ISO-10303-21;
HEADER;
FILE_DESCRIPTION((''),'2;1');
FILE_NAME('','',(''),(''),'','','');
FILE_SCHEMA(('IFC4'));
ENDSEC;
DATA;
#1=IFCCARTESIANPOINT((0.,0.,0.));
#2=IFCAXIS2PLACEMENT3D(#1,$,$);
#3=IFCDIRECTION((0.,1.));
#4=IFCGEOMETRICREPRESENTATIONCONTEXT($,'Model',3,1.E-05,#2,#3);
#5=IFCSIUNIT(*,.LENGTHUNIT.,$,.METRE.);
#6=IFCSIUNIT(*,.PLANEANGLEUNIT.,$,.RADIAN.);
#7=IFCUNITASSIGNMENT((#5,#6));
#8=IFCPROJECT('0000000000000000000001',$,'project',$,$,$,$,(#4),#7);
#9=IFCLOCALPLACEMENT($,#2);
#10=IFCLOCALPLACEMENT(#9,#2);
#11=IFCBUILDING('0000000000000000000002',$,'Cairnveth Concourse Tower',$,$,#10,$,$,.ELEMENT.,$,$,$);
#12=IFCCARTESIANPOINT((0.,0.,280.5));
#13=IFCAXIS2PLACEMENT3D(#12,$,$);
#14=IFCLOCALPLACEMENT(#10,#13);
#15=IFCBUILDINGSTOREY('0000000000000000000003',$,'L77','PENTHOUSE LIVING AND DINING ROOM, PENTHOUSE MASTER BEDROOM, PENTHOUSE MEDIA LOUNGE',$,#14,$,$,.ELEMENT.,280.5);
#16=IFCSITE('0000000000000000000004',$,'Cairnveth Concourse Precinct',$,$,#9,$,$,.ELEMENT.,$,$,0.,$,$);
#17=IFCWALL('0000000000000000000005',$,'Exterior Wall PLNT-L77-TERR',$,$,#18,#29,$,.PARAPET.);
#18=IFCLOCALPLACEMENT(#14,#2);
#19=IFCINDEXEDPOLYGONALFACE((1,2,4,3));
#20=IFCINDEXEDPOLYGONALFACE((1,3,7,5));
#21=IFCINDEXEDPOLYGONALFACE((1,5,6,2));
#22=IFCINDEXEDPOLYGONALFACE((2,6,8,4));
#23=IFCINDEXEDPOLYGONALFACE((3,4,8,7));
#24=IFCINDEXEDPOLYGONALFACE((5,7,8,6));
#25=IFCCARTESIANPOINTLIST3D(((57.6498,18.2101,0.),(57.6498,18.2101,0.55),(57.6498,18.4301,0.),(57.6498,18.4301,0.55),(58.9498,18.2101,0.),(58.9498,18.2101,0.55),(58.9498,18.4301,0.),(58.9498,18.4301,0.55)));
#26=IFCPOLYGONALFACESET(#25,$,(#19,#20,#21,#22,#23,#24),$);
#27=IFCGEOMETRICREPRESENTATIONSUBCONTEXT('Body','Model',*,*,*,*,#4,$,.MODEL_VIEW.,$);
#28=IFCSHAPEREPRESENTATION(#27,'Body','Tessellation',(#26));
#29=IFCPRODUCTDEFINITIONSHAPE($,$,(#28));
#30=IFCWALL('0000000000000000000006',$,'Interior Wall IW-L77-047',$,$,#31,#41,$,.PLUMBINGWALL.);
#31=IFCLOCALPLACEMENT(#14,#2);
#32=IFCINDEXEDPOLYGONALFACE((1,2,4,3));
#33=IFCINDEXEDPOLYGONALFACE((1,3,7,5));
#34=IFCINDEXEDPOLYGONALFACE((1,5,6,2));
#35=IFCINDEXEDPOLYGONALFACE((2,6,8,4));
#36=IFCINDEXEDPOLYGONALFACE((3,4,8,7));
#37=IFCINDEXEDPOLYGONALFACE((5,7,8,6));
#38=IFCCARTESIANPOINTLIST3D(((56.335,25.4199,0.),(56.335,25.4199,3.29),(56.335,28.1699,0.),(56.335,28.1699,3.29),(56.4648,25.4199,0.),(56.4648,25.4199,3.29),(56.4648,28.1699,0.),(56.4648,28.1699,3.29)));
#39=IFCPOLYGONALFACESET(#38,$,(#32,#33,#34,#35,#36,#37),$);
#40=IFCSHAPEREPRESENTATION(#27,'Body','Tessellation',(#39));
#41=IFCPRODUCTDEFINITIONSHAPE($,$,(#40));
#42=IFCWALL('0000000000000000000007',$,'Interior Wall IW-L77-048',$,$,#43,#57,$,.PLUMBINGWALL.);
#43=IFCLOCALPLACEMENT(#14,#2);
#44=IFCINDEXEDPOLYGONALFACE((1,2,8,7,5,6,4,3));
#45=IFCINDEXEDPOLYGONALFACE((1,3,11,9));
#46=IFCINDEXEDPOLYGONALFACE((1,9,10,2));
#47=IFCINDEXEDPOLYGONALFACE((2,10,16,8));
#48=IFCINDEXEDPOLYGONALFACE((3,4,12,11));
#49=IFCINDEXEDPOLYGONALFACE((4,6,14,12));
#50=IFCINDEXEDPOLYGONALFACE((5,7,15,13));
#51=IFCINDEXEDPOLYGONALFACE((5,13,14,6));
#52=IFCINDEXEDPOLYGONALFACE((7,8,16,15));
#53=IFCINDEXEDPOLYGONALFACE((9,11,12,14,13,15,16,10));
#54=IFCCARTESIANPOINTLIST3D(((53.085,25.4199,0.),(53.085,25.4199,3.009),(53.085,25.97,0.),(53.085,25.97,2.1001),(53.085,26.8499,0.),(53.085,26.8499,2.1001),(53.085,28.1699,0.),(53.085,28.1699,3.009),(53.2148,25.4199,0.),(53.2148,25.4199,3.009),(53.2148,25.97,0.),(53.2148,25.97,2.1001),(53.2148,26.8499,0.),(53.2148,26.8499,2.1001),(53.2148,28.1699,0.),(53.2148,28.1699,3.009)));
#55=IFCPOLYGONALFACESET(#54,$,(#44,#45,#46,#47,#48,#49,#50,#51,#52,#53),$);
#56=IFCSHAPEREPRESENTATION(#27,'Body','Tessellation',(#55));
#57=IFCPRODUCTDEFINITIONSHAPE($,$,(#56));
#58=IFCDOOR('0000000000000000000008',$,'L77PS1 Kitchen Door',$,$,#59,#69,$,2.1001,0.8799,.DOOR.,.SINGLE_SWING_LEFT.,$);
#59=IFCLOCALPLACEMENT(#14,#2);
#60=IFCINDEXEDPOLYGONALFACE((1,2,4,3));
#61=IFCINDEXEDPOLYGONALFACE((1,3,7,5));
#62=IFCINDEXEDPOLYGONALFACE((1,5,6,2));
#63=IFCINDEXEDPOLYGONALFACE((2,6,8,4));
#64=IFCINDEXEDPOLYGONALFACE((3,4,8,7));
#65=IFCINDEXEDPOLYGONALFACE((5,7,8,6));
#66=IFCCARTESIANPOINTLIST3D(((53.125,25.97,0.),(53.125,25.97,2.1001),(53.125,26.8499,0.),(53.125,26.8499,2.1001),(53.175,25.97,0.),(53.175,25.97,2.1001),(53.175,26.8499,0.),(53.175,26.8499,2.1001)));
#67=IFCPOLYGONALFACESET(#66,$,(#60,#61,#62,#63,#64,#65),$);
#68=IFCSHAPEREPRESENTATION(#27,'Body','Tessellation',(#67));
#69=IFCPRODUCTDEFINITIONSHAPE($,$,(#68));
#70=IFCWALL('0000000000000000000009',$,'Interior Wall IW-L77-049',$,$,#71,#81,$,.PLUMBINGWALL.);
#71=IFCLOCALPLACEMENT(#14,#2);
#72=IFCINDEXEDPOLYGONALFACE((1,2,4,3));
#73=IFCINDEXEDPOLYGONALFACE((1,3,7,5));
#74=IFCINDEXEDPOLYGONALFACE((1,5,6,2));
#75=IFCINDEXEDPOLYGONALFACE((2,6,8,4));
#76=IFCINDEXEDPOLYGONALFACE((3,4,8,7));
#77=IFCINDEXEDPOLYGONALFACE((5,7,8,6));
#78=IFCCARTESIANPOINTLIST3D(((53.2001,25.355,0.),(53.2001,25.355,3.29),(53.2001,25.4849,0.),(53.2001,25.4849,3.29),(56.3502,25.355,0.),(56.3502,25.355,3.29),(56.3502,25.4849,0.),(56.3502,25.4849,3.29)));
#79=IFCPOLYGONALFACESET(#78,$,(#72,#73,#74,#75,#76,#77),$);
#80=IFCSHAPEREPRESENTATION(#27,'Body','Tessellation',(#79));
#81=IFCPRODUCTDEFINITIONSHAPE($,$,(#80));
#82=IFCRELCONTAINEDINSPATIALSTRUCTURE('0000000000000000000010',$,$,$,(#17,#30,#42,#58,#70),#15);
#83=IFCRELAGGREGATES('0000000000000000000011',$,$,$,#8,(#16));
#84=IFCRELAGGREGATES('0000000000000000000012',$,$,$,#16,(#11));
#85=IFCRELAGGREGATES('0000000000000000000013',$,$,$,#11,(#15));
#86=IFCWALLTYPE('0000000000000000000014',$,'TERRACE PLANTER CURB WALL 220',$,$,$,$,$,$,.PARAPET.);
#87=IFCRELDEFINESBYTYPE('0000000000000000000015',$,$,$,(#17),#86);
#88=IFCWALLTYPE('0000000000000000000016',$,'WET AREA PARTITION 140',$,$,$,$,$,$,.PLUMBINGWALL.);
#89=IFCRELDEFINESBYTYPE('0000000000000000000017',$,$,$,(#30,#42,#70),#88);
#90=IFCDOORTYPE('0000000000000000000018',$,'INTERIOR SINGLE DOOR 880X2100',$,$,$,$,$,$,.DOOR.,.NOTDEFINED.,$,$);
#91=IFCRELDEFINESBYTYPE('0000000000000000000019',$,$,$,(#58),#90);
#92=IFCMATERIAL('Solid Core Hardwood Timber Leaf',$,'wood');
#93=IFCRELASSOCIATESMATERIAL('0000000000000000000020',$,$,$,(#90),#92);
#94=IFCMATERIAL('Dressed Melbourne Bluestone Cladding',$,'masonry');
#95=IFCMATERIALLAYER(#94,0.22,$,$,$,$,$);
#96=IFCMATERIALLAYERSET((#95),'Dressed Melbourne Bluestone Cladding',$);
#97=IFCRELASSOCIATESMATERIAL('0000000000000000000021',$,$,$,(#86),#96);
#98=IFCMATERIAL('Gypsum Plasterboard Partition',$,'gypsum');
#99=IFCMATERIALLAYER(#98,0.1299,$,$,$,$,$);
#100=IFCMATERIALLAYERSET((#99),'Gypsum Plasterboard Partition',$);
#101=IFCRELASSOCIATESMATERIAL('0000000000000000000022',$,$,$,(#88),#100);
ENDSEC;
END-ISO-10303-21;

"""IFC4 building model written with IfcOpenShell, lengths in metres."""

from ifc_helpers import new_model, si_unit, direction, frame, frame_2d, origin, place, context, subcontext, project, spatial, rectangle, extrude, material, layer, layer_set, type_object, element, fill, save


model = new_model("IFC4")

# Units and contexts
model_context = context("Model", 3, precision=1e-05, world=origin(), true_north=direction((0.0, 1.0)))
body_context = subcontext(model_context, "Body", "Model", "MODEL_VIEW")
ifc_project = project(units=[si_unit("LENGTHUNIT", "METRE"), si_unit("PLANEANGLEUNIT", "RADIAN")], contexts=[model_context])

# Site, building, storey
site_placement = place(None, origin())
site = spatial("IfcSite", under=ifc_project, at=site_placement, Name="Cairnveth Concourse Precinct", CompositionType="ELEMENT", RefElevation=0.0)
building_placement = place(site_placement, origin())
building = spatial("IfcBuilding", under=site, at=building_placement, Name="Cairnveth Concourse Tower", CompositionType="ELEMENT")
storey_placement = place(building_placement, frame((0.0, 0.0, 280.5)))
storey = spatial("IfcBuildingStorey", under=building, at=storey_placement, Name="L77", Description="PENTHOUSE LIVING AND DINING ROOM, PENTHOUSE MASTER BEDROOM, PENTHOUSE MEDIA LOUNGE", CompositionType="ELEMENT", Elevation=280.5)

# Shared definitions
ifc_material_1 = material(Name="Gypsum Plasterboard Partition", Category="gypsum")
ifc_material_2 = material(Name="Solid Core Hardwood Timber Leaf", Category="wood")
door_type_1 = type_object("IfcDoorType", Name="INTERIOR SINGLE DOOR 880X2100", OperationType="NOTDEFINED", PredefinedType="DOOR", material=ifc_material_2)

# Walls
ifc_material_3 = material(Name="Dressed Melbourne Bluestone Cladding", Category="masonry")
ifc_layer_1 = layer(ifc_material_3, 0.22)
ifc_layer_set_1 = layer_set([ifc_layer_1], Name="Dressed Melbourne Bluestone Cladding")
wall_type_1 = type_object("IfcWallType", Name="TERRACE PLANTER CURB WALL 220", PredefinedType="PARAPET", material=ifc_layer_set_1)
wall_1_placement = place(storey_placement, frame((57.6499, 18.3201, 0.0), z_axis=(0.0, 0.0, 1.0), x_axis=(1.0, 0.0, 0.0)))
element("IfcWall", 1, at=wall_1_placement, inside=storey, type_object=wall_type_1, Name="Exterior Wall PLNT-L77-TERR", PredefinedType="PARAPET", context=body_context, shape_type="SweptSolid", body=[
    extrude(rectangle(XDim=1.3, YDim=0.22, at=frame_2d((0.6499, 0.0))), origin(), (0.0, 0.0, 1.0), 0.55),
])
ifc_layer_2 = layer(ifc_material_1, 0.1299)
ifc_layer_set_2 = layer_set([ifc_layer_2], Name="Gypsum Plasterboard Partition")
wall_type_2 = type_object("IfcWallType", Name="WET AREA PARTITION 140", PredefinedType="PLUMBINGWALL", material=ifc_layer_set_2)
wall_2_placement = place(storey_placement, frame((56.3999, 25.4199, 0.0), z_axis=(0.0, 0.0, 1.0), x_axis=(0.0, 1.0, 0.0)))
element("IfcWall", 2, at=wall_2_placement, inside=storey, type_object=wall_type_2, Name="Interior Wall IW-L77-047", PredefinedType="PLUMBINGWALL", context=body_context, shape_type="SweptSolid", body=[
    extrude(rectangle(XDim=2.75, YDim=0.1299, at=frame_2d((1.375, 0.0))), origin(), (0.0, 0.0, 1.0), 3.29),
])

# Wall, opening, door
wall_3_placement = place(storey_placement, frame((53.1499, 25.4199, 0.0), z_axis=(0.0, 0.0, 1.0), x_axis=(0.0, 1.0, 0.0)))
wall_3 = element("IfcWall", 3, at=wall_3_placement, inside=storey, type_object=wall_type_2, Name="Interior Wall IW-L77-048", PredefinedType="PLUMBINGWALL", context=body_context, shape_type="SweptSolid", body=[
    extrude(rectangle(XDim=2.75, YDim=0.1299, at=frame_2d((1.375, 0.0))), origin(), (0.0, 0.0, 1.0), 3.009),
])
opening_1_placement = place(wall_3_placement, frame((0.55, 0.0, 0.0)))
opening_1 = element("IfcOpeningElement", 4, at=opening_1_placement, cuts=wall_3, PredefinedType="OPENING", context=body_context, shape_type="SweptSolid", body=[
    extrude(rectangle(XDim=0.8799, YDim=2.1001, at=frame_2d((0.4399, 1.05))), frame((0.0, 0.075, 0.0), z_axis=(0.0, -1.0, 0.0), x_axis=(1.0, 0.0, 0.0)), (0.0, 0.0, 1.0), 0.1499),
])
door_1_placement = place(opening_1_placement, origin())
door_1 = element("IfcDoor", 5, at=door_1_placement, inside=storey, type_object=door_type_1, Name="L77PS1 Kitchen Door", OperationType="SINGLE_SWING_LEFT", OverallHeight=2.1001, OverallWidth=0.8799, PredefinedType="DOOR", context=body_context, shape_type="SweptSolid", body=[
    extrude(rectangle(XDim=0.8799, YDim=2.1001, at=frame_2d((0.4399, 1.05))), frame((0.0, 0.0249, 0.0), z_axis=(0.0, -1.0, 0.0), x_axis=(1.0, 0.0, 0.0)), (0.0, 0.0, 1.0), 0.05),
])
fill(opening_1, door_1)

# Wall
wall_4_placement = place(storey_placement, frame((53.2, 25.4199, 0.0), z_axis=(0.0, 0.0, 1.0), x_axis=(1.0, 0.0, 0.0)))
element("IfcWall", 6, at=wall_4_placement, inside=storey, type_object=wall_type_2, Name="Interior Wall IW-L77-049", PredefinedType="PLUMBINGWALL", context=body_context, shape_type="SweptSolid", body=[
    extrude(rectangle(XDim=3.1501, YDim=0.1299, at=frame_2d((1.5752, 0.0))), origin(), (0.0, 0.0, 1.0), 3.29),
])

save(model, "model.ifc")
